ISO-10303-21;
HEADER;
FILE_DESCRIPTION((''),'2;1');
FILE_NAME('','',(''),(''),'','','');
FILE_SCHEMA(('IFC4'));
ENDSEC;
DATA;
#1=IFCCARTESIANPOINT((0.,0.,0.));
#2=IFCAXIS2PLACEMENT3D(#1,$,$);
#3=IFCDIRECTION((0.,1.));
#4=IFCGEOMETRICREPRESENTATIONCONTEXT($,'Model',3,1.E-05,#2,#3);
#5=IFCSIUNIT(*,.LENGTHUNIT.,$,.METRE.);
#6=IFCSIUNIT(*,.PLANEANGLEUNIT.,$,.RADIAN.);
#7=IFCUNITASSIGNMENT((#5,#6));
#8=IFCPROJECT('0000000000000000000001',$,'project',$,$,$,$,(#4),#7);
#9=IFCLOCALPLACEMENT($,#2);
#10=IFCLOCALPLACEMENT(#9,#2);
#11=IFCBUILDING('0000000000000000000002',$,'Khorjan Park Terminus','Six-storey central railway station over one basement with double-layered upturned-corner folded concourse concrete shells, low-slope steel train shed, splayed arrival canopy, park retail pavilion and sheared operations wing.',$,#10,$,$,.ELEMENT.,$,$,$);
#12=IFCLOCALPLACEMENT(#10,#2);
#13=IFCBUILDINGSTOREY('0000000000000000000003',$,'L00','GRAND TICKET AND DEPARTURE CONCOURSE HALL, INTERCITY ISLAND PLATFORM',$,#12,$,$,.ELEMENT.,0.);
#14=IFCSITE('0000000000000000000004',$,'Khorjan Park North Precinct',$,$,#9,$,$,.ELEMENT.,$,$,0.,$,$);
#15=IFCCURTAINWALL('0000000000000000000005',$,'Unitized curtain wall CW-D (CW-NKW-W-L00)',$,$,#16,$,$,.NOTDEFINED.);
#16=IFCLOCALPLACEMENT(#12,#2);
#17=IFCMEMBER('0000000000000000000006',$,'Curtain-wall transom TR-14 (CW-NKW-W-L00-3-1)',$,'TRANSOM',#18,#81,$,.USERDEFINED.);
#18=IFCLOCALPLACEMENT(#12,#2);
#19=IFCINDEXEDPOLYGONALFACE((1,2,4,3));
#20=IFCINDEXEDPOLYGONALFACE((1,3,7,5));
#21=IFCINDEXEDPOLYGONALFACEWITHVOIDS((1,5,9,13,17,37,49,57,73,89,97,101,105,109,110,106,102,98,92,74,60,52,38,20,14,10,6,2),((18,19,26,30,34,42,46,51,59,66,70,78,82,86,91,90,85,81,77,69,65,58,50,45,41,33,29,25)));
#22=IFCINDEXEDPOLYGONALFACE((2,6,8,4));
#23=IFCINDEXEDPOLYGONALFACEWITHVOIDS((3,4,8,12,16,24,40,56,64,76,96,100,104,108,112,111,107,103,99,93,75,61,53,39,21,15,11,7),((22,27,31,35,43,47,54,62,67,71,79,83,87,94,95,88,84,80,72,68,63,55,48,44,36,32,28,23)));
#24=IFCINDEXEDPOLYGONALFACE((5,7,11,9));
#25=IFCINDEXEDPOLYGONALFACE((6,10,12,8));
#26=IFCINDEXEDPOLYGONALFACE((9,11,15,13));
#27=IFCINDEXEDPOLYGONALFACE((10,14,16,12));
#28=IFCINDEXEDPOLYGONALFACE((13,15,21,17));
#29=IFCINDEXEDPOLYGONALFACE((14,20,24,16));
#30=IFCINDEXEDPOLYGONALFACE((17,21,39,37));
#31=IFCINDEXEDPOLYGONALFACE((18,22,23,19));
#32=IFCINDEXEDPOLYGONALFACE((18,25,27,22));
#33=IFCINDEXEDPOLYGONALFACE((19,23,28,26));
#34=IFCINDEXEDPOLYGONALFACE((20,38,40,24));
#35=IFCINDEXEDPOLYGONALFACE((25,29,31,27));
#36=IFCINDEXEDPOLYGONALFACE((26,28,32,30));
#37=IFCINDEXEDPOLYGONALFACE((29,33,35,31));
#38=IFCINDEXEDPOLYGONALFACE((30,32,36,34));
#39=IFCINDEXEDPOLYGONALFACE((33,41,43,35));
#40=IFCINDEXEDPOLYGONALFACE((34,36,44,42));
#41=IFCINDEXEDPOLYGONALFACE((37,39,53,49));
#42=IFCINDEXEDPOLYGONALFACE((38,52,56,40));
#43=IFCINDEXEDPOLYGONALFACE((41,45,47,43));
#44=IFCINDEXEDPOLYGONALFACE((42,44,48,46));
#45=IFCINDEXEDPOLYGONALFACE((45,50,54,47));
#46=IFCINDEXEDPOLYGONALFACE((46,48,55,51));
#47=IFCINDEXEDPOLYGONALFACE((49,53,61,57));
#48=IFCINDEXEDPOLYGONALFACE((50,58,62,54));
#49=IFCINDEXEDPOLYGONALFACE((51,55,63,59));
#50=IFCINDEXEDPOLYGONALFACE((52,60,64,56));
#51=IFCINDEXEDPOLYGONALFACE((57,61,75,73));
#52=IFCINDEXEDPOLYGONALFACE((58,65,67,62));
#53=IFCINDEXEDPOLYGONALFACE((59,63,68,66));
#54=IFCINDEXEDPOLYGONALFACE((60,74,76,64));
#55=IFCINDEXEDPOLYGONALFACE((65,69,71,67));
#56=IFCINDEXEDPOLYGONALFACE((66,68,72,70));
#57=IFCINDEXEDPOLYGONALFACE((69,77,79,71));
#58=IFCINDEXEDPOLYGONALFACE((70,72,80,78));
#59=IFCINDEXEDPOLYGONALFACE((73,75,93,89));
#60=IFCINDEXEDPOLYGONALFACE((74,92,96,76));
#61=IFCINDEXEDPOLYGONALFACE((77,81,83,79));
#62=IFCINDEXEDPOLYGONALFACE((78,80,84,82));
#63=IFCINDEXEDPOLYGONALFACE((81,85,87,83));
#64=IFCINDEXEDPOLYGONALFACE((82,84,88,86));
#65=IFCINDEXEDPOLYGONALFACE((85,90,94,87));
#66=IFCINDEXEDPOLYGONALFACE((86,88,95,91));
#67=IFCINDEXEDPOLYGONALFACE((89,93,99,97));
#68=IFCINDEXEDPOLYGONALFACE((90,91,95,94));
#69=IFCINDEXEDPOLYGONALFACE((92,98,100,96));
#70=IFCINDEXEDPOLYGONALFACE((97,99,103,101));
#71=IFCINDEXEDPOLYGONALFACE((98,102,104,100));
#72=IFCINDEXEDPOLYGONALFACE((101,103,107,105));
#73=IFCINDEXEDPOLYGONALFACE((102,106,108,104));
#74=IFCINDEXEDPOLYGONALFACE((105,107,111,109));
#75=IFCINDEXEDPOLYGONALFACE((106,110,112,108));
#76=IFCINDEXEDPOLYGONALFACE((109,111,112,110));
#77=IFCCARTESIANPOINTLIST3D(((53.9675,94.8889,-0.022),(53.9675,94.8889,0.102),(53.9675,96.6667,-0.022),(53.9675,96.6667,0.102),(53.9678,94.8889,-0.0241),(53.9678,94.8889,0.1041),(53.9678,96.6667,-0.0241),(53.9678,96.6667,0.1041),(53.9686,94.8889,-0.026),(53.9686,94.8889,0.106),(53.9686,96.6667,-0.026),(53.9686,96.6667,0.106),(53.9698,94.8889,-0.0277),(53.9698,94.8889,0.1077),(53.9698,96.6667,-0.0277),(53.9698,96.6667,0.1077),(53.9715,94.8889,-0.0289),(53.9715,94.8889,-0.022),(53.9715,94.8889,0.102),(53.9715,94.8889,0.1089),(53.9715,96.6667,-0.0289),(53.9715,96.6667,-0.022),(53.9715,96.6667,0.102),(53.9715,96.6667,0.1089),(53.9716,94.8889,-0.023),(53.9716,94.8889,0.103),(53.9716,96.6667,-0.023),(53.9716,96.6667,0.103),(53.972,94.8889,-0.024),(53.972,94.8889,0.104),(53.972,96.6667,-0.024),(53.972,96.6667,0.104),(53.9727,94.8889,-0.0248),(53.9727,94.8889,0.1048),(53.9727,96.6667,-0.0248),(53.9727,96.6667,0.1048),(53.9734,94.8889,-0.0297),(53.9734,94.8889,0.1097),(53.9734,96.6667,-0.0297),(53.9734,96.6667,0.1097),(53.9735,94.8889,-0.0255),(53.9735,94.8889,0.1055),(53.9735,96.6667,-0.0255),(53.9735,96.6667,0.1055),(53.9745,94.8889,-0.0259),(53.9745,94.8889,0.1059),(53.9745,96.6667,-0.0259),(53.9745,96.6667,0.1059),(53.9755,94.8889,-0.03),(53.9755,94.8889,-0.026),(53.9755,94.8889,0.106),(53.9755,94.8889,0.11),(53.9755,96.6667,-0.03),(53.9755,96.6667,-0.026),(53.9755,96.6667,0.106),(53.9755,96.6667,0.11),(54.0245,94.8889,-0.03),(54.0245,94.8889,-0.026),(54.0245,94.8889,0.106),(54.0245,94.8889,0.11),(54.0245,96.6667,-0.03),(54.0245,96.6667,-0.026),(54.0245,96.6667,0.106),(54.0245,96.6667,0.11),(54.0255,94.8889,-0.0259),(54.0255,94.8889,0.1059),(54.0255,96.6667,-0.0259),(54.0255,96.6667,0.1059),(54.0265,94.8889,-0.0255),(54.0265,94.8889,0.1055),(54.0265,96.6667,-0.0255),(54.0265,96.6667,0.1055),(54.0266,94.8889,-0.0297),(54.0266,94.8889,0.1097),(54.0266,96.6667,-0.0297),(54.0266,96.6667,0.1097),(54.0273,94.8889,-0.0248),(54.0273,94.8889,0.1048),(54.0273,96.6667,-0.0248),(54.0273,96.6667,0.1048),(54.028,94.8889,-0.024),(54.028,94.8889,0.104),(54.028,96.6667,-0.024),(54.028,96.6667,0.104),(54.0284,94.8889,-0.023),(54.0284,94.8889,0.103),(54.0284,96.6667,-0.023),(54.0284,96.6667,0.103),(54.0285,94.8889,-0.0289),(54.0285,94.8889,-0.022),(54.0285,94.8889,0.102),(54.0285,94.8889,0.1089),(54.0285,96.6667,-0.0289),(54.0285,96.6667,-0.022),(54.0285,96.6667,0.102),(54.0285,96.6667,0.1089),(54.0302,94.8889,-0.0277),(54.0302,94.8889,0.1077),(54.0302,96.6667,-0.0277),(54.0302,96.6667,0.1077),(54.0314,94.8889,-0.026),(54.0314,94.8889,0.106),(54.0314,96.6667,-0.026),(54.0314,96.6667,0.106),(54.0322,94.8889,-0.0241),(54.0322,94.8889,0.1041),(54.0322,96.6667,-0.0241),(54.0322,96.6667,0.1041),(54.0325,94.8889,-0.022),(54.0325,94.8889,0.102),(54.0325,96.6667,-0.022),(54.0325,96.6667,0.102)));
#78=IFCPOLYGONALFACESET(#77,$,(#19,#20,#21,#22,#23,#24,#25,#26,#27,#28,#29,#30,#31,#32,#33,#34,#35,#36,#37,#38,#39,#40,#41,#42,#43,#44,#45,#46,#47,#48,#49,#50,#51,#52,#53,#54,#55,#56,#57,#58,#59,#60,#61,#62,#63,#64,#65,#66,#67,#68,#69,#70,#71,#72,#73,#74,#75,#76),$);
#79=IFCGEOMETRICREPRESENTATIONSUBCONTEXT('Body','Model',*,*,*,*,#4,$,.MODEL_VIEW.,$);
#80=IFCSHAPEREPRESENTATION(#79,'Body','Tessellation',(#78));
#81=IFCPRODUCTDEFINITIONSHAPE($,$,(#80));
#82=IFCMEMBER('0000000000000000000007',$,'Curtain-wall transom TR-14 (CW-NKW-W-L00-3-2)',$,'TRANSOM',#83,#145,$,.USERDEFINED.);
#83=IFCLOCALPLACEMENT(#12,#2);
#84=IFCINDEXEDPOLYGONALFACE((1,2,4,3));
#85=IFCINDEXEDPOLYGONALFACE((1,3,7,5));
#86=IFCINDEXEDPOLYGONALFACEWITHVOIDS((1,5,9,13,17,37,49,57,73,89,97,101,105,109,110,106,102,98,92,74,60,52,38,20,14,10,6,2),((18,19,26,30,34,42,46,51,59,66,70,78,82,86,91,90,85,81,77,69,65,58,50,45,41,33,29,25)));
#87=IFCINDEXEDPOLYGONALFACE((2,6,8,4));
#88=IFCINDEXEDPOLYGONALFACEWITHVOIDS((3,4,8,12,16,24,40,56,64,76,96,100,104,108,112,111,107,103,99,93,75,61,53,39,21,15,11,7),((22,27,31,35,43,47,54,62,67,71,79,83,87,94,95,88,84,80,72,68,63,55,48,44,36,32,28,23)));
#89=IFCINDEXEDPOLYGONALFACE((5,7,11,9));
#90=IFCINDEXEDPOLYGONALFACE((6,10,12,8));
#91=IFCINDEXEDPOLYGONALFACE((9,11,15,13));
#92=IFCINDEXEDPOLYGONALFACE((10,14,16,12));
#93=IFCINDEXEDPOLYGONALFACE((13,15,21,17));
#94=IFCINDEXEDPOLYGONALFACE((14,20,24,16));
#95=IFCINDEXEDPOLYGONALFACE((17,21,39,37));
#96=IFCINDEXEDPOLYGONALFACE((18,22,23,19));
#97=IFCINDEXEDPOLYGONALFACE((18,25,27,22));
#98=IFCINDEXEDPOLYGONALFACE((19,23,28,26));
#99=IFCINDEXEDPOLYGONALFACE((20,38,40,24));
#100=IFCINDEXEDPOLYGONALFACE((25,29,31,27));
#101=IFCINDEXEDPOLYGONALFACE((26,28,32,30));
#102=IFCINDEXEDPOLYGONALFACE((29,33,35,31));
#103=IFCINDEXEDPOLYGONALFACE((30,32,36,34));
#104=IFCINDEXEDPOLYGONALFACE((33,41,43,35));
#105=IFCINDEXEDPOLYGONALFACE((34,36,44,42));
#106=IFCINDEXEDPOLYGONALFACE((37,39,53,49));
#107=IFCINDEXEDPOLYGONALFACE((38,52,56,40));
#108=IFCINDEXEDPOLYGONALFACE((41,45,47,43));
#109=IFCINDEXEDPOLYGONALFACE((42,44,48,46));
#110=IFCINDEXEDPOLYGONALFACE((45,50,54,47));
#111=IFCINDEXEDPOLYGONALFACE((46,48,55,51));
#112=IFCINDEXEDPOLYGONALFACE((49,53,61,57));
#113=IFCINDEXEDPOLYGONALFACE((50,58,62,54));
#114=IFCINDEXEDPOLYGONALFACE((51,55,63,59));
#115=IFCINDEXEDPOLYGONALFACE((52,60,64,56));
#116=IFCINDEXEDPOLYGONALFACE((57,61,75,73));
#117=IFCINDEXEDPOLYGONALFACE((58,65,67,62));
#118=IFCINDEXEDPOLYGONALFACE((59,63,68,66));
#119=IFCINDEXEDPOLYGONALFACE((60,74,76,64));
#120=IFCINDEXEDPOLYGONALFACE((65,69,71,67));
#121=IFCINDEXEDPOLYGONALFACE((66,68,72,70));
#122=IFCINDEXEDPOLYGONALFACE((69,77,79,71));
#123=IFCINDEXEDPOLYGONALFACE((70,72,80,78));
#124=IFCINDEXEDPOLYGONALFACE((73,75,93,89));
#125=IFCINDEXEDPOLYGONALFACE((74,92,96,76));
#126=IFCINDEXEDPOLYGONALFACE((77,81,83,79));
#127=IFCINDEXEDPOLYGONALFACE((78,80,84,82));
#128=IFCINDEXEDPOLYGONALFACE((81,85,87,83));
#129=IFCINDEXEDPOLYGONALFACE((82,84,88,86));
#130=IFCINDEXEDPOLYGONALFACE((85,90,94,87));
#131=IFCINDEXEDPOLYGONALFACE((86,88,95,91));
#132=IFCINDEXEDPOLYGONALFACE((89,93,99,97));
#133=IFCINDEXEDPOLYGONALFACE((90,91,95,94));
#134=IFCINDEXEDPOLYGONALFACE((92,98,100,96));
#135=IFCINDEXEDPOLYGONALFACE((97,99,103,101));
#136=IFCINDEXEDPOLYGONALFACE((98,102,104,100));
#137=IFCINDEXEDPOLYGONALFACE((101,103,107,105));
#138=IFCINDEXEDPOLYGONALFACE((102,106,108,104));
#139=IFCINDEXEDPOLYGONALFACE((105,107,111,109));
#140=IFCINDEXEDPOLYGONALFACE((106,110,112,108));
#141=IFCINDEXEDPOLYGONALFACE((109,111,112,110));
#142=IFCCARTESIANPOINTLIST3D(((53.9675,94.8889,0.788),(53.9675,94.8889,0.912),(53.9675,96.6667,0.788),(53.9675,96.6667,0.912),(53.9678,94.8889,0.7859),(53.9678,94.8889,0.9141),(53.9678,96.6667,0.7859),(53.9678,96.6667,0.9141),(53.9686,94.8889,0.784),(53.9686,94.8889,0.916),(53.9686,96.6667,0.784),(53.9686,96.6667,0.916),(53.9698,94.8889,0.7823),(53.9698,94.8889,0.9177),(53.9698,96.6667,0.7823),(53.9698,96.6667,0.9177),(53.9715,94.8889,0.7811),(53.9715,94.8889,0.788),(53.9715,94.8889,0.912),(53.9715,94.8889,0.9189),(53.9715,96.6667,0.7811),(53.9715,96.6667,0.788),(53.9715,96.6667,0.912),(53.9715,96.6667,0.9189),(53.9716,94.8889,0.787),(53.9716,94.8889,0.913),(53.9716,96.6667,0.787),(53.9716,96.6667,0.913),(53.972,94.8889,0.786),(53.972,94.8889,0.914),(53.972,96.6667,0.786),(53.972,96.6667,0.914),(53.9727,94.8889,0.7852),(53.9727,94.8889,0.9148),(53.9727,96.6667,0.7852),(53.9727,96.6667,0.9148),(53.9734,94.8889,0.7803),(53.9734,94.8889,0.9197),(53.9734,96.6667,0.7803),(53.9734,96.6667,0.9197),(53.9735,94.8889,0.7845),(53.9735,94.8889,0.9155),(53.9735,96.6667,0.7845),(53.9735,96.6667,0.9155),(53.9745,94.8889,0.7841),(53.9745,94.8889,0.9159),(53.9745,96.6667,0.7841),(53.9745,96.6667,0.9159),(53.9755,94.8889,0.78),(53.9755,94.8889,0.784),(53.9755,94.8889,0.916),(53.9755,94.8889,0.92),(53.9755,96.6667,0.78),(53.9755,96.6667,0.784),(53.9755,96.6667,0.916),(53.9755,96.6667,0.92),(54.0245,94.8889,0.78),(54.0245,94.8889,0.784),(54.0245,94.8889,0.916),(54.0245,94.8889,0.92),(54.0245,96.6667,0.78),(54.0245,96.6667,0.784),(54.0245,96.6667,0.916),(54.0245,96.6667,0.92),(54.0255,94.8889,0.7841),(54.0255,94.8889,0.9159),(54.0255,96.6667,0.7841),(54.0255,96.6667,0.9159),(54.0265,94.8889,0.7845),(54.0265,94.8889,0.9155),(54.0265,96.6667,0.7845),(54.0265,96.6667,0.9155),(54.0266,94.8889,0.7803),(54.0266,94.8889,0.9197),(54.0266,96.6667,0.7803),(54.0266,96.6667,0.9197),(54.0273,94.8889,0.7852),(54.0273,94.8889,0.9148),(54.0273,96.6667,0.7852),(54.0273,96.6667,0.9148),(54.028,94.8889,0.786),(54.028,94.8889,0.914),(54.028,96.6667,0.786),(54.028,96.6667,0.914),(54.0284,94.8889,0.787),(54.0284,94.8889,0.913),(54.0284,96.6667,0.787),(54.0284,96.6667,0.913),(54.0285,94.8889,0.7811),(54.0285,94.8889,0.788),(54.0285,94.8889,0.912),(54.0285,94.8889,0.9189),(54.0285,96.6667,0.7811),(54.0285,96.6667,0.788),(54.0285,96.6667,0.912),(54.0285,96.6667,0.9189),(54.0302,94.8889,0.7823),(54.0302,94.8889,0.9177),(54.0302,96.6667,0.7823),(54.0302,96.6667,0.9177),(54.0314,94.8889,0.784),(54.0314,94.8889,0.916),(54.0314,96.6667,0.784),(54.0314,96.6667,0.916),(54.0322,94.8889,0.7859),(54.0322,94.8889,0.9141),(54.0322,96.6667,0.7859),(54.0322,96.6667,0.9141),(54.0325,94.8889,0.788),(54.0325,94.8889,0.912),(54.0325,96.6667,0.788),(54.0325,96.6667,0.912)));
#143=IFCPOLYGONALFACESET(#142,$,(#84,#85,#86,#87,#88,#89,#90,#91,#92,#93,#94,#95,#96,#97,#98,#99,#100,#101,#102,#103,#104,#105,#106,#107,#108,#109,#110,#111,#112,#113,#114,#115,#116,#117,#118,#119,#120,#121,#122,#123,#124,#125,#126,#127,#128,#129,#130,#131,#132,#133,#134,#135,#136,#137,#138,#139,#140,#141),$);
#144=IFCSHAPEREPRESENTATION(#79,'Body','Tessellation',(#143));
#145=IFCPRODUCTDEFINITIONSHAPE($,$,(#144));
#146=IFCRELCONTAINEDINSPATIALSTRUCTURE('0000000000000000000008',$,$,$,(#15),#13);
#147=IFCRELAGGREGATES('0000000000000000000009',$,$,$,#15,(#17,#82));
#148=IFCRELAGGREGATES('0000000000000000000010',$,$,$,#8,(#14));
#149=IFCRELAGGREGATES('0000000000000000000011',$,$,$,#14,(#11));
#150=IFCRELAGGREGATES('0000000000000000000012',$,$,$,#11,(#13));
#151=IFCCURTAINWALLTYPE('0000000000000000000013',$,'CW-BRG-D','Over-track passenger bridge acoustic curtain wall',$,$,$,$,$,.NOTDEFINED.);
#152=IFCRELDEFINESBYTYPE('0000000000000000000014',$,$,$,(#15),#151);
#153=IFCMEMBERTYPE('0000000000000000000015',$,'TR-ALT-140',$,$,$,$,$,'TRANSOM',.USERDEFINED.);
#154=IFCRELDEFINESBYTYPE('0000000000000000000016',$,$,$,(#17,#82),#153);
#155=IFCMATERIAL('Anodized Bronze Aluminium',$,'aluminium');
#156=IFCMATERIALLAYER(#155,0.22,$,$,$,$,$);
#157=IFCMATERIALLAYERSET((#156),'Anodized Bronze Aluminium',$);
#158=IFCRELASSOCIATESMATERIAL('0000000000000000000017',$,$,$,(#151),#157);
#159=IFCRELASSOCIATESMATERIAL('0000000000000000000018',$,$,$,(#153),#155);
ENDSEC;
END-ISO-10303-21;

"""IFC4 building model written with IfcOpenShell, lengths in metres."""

from ifc_helpers import new_model, si_unit, direction, frame, origin, origin_2d, place, context, subcontext, project, spatial, hollow_rectangle, extrude, material, layer, layer_set, material_profile, profile_set, type_object, element, aggregate, save


model = new_model("IFC4")

# Units and contexts
model_context = context("Model", 3, precision=1e-05, world=origin(), true_north=direction((0.0, 1.0)))
body_context = subcontext(model_context, "Body", "Model", "MODEL_VIEW")
ifc_project = project(units=[si_unit("LENGTHUNIT", "METRE"), si_unit("PLANEANGLEUNIT", "RADIAN")], contexts=[model_context])

# Site, building, storey
site_placement = place(None, origin())
site = spatial("IfcSite", under=ifc_project, at=site_placement, Name="Khorjan Park North Precinct", CompositionType="ELEMENT", RefElevation=0.0)
building_placement = place(site_placement, origin())
building = spatial("IfcBuilding", under=site, at=building_placement, Name="Khorjan Park Terminus", Description="Six-storey central railway station over one basement with double-layered upturned-corner folded concourse concrete shells, low-slope steel train shed, splayed arrival canopy, park retail pavilion and sheared operations wing.", CompositionType="ELEMENT")
storey_placement = place(building_placement, origin())
storey = spatial("IfcBuildingStorey", under=building, at=storey_placement, Name="L00", Description="GRAND TICKET AND DEPARTURE CONCOURSE HALL, INTERCITY ISLAND PLATFORM", CompositionType="ELEMENT", Elevation=0.0)

# Curtain wall, members
ifc_material_1 = material(Name="Anodized Bronze Aluminium", Category="aluminium")
ifc_layer_1 = layer(ifc_material_1, 0.22)
ifc_layer_set_1 = layer_set([ifc_layer_1], Name="Anodized Bronze Aluminium")
curtain_wall_type = type_object("IfcCurtainWallType", Name="CW-BRG-D", Description="Over-track passenger bridge acoustic curtain wall", PredefinedType="NOTDEFINED", material=ifc_layer_set_1)
curtain_wall_placement = place(storey_placement, origin())
curtain_wall = element("IfcCurtainWall", 1, at=curtain_wall_placement, inside=storey, type_object=curtain_wall_type, Name="Unitized curtain wall CW-D (CW-NKW-W-L00)", PredefinedType="NOTDEFINED")
ifc_material_profile_1 = material_profile(ifc_material_1, hollow_rectangle(XDim=0.065, YDim=0.14, WallThickness=0.004, InnerFilletRadius=0.004, OuterFilletRadius=0.008, at=origin_2d()), Name="ALT 65x140x4")
ifc_profile_set_1 = profile_set([ifc_material_profile_1], Name="Anodized Bronze Aluminium")
member_type_1 = type_object("IfcMemberType", Name="TR-ALT-140", ElementType="TRANSOM", PredefinedType="USERDEFINED", material=ifc_profile_set_1)
member_1_placement = place(storey_placement, frame((54.0, 96.6667, 0.04), z_axis=(0.0, -1.0, 0.0), x_axis=(1.0, 0.0, 0.0)))
member_1 = element("IfcMember", 2, at=member_1_placement, type_object=member_type_1, Name="Curtain-wall transom TR-14 (CW-NKW-W-L00-3-1)", ObjectType="TRANSOM", PredefinedType="USERDEFINED", context=body_context, shape_type="SweptSolid", body=[
    extrude(hollow_rectangle(XDim=0.065, YDim=0.14, WallThickness=0.004, InnerFilletRadius=0.004, OuterFilletRadius=0.008, at=origin_2d()), origin(), (0.0, 0.0, 1.0), 1.7778),
])
member_2_placement = place(storey_placement, frame((54.0, 96.6667, 0.85), z_axis=(0.0, -1.0, 0.0), x_axis=(1.0, 0.0, 0.0)))
member_2 = element("IfcMember", 3, at=member_2_placement, type_object=member_type_1, Name="Curtain-wall transom TR-14 (CW-NKW-W-L00-3-2)", ObjectType="TRANSOM", PredefinedType="USERDEFINED", context=body_context, shape_type="SweptSolid", body=[
    extrude(hollow_rectangle(XDim=0.065, YDim=0.14, WallThickness=0.004, InnerFilletRadius=0.004, OuterFilletRadius=0.008, at=origin_2d()), origin(), (0.0, 0.0, 1.0), 1.7778),
])
aggregate(curtain_wall, [member_1, member_2])

save(model, "model.ifc")
